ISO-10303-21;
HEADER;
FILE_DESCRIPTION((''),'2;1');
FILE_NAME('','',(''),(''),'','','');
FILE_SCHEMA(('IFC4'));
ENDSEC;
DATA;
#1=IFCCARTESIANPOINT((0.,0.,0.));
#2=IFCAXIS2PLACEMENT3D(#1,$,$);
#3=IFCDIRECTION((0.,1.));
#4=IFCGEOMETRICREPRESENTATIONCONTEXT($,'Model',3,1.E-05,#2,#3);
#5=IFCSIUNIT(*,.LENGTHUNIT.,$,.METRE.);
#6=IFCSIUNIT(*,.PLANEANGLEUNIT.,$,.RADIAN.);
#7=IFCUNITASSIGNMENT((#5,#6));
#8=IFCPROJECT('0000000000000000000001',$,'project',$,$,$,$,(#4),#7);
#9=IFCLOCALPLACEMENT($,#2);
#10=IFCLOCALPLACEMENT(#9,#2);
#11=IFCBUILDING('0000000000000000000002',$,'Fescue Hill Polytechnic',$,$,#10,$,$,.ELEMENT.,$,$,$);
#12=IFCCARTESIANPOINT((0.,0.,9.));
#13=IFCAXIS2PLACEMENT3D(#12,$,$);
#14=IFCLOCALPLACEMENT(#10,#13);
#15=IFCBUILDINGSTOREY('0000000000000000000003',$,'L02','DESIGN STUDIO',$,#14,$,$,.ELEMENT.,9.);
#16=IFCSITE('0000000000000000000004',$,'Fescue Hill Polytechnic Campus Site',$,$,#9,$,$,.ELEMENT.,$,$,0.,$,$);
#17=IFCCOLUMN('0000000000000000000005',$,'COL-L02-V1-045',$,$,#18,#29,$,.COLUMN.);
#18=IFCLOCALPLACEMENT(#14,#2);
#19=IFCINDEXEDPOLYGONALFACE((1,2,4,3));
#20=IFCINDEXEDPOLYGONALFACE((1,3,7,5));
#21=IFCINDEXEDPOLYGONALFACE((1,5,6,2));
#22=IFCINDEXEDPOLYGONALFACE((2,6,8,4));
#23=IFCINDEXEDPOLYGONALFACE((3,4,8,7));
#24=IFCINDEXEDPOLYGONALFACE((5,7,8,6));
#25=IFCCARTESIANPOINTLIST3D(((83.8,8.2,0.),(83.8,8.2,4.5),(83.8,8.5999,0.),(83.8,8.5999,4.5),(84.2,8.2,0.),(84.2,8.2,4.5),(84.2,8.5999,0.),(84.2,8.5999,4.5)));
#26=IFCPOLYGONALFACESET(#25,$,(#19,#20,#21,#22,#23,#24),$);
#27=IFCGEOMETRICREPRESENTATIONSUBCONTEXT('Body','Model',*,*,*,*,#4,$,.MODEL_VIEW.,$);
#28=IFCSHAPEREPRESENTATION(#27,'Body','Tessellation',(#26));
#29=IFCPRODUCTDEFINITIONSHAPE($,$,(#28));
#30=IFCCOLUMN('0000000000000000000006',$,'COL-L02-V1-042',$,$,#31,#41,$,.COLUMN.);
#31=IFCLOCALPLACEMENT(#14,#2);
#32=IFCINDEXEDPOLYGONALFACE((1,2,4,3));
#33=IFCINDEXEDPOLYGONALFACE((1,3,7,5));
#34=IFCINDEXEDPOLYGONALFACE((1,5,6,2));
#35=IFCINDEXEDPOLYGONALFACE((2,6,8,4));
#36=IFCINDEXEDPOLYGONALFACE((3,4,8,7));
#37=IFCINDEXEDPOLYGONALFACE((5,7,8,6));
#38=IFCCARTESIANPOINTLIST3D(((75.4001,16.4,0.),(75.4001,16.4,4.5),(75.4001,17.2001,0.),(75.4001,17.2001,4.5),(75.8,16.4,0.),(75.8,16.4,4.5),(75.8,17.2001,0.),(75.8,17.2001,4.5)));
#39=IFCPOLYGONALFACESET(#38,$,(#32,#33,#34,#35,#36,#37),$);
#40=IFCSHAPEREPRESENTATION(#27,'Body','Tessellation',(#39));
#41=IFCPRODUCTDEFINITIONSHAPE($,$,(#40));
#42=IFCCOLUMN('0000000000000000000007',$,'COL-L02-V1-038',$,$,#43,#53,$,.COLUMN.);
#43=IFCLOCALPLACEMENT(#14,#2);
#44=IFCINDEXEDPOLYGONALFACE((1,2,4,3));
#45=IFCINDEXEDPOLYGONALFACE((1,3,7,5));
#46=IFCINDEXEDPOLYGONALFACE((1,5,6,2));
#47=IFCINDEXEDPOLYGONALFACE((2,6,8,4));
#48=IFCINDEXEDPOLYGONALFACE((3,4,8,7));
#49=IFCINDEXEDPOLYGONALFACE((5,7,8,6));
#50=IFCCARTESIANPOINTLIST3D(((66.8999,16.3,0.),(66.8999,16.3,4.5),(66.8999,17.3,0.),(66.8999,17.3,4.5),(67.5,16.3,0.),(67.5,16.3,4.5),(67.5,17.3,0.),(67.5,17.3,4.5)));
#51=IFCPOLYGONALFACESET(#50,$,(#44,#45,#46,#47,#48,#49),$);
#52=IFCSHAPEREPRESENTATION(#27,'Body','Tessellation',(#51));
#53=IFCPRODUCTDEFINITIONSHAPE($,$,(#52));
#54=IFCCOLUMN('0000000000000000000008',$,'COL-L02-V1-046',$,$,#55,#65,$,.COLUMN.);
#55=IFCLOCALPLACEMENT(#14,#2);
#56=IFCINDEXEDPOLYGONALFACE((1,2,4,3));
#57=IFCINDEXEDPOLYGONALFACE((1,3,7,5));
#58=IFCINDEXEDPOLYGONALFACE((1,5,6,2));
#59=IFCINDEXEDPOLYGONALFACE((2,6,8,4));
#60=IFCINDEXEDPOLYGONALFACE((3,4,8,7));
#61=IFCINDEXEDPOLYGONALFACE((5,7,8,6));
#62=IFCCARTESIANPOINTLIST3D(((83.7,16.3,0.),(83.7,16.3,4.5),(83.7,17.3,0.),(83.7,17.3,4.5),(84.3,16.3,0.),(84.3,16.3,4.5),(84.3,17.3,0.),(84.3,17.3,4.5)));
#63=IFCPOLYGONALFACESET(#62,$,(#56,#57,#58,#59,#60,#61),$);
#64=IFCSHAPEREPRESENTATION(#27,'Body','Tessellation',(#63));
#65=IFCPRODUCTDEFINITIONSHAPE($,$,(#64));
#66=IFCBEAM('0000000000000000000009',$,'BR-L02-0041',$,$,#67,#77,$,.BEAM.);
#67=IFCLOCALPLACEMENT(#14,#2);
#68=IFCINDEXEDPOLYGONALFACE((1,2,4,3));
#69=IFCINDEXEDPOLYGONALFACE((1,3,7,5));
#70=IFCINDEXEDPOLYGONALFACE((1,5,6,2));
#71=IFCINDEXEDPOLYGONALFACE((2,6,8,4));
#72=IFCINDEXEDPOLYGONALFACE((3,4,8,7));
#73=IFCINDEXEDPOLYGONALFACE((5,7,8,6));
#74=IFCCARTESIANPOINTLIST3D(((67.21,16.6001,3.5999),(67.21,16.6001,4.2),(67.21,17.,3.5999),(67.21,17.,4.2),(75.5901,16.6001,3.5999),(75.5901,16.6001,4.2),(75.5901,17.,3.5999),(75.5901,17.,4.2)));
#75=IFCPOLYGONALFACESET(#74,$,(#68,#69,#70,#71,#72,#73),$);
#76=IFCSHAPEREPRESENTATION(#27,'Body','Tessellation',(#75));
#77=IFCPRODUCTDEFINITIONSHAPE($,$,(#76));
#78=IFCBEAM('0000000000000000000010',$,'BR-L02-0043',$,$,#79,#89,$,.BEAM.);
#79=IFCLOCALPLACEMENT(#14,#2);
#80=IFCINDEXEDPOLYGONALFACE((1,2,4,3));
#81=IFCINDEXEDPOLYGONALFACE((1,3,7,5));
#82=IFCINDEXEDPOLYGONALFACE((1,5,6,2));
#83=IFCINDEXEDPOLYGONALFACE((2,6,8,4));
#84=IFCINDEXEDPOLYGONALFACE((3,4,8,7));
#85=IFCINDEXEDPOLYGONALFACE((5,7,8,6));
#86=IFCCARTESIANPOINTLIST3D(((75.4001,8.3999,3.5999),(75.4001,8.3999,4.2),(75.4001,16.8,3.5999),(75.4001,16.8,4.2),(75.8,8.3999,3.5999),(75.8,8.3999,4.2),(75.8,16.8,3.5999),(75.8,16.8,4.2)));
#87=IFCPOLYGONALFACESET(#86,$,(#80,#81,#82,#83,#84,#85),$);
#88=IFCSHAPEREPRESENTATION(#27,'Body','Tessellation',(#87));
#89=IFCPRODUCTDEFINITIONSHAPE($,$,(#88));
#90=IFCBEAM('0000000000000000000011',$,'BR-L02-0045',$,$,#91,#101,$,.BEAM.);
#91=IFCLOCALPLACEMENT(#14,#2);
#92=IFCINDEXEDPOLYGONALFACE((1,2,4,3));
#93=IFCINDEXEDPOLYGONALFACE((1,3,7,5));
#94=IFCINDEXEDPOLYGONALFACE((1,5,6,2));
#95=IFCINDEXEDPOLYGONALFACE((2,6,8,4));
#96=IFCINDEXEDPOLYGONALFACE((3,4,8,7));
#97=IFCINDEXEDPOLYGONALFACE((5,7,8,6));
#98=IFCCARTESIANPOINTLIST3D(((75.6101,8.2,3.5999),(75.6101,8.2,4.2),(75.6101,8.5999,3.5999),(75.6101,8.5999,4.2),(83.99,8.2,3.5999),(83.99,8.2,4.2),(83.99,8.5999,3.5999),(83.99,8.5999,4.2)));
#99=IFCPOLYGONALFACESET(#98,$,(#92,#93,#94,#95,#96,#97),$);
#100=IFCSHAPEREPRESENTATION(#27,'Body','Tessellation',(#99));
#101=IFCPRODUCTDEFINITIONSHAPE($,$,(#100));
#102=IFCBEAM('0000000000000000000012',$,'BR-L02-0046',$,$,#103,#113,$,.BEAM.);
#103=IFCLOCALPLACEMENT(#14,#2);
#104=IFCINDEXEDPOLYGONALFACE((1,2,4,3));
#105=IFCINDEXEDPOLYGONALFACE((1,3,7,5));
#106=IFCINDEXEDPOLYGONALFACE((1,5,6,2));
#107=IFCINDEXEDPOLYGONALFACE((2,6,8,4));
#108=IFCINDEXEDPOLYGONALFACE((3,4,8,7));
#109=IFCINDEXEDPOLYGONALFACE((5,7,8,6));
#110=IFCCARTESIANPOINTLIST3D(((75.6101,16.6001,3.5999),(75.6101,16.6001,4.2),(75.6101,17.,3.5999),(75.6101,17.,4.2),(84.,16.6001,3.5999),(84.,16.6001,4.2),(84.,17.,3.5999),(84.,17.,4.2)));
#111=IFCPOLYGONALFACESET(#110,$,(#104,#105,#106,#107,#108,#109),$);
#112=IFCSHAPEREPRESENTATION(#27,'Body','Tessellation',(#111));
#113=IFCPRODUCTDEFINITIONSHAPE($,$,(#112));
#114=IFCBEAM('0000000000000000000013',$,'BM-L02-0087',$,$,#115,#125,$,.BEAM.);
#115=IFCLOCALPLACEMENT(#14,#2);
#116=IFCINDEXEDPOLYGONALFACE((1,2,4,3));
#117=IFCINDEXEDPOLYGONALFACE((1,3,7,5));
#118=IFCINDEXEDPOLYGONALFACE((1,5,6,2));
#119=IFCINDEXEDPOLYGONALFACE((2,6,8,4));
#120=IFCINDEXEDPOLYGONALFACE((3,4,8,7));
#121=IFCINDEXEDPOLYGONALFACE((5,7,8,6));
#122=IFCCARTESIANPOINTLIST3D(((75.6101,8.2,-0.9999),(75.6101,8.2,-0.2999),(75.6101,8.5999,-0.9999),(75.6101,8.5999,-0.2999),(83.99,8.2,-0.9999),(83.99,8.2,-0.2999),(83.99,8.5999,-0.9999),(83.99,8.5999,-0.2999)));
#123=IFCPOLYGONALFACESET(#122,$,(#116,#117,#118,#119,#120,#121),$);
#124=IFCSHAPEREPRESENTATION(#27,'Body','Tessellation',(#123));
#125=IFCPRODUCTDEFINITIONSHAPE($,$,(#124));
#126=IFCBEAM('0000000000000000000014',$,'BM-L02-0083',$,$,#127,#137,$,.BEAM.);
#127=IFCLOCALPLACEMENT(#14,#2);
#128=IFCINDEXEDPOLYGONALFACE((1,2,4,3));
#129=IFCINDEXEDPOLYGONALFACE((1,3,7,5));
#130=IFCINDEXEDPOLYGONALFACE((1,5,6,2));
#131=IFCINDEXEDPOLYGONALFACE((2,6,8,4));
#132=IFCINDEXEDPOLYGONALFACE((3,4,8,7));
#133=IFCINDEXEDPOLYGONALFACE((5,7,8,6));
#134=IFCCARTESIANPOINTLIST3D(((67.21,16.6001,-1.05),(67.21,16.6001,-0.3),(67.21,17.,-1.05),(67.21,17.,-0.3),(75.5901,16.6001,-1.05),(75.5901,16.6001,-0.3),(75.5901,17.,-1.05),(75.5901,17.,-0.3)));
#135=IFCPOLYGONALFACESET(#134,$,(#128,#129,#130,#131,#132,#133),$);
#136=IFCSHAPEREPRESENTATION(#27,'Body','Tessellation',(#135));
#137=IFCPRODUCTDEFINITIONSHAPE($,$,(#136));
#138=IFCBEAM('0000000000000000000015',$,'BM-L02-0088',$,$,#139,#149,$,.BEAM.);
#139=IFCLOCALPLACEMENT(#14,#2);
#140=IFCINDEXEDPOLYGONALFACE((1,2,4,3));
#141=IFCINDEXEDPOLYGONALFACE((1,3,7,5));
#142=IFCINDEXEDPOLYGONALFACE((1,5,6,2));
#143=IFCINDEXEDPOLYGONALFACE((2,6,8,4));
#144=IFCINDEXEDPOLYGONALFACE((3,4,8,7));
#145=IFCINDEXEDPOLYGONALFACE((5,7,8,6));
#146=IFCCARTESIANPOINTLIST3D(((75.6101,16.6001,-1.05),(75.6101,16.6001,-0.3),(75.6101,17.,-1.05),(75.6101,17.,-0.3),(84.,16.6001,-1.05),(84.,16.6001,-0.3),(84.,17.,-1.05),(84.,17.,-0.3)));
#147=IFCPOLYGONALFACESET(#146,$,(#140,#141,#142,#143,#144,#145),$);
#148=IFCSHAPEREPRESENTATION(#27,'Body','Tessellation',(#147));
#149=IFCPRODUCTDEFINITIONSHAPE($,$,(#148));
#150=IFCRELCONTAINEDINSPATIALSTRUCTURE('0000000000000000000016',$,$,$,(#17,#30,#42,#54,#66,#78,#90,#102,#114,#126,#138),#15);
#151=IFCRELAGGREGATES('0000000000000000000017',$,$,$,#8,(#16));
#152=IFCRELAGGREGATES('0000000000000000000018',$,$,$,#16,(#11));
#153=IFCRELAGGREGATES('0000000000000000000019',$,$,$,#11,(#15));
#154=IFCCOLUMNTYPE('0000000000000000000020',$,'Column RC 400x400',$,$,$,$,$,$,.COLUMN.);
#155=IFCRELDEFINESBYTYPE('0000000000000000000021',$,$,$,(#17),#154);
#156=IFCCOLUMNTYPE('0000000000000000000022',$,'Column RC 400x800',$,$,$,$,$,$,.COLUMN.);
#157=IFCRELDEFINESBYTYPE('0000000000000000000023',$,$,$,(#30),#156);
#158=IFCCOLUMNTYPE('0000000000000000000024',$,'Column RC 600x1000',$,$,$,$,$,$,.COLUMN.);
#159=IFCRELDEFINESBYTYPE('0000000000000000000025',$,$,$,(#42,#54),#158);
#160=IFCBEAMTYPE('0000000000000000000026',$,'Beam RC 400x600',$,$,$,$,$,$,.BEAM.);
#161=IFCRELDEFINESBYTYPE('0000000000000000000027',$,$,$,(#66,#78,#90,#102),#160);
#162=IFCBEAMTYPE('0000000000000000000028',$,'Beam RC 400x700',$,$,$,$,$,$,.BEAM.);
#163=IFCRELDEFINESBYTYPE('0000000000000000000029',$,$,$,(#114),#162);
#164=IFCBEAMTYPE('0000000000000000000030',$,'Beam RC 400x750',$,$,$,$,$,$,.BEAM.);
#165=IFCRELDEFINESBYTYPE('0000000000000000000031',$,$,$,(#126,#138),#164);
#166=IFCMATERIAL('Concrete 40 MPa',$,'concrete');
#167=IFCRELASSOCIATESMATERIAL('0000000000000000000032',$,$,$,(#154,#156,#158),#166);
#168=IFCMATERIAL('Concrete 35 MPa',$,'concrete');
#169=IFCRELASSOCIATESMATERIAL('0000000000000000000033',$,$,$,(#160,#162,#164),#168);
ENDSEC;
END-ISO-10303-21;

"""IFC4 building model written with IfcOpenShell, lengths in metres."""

from ifc_helpers import new_model, si_unit, direction, frame, origin, origin_2d, place, context, subcontext, project, spatial, rectangle, extrude, material, material_profile, profile_set, type_object, element, save


model = new_model("IFC4")

# Units and contexts
model_context = context("Model", 3, precision=1e-05, world=origin(), true_north=direction((0.0, 1.0)))
body_context = subcontext(model_context, "Body", "Model", "MODEL_VIEW")
ifc_project = project(units=[si_unit("LENGTHUNIT", "METRE"), si_unit("PLANEANGLEUNIT", "RADIAN")], contexts=[model_context])

# Site, building, storey
site_placement = place(None, origin())
site = spatial("IfcSite", under=ifc_project, at=site_placement, Name="Fescue Hill Polytechnic Campus Site", CompositionType="ELEMENT", RefElevation=0.0)
building_placement = place(site_placement, origin())
building = spatial("IfcBuilding", under=site, at=building_placement, Name="Fescue Hill Polytechnic", CompositionType="ELEMENT")
storey_placement = place(building_placement, frame((0.0, 0.0, 9.0)))
storey = spatial("IfcBuildingStorey", under=building, at=storey_placement, Name="L02", Description="DESIGN STUDIO", CompositionType="ELEMENT", Elevation=9.0)

# Columns
ifc_material_1 = material(Name="Concrete 40 MPa", Category="concrete")
ifc_material_profile_1 = material_profile(ifc_material_1, rectangle(XDim=0.3999, YDim=0.3999, at=origin_2d()), Name="RC 400x400")
ifc_profile_set_1 = profile_set([ifc_material_profile_1], Name="Concrete 40 MPa")
column_type_1 = type_object("IfcColumnType", Name="Column RC 400x400", PredefinedType="COLUMN", material=ifc_profile_set_1)
column_1_placement = place(storey_placement, frame((84.0, 8.3999, 0.0), z_axis=(0.0, 0.0, 1.0), x_axis=(1.0, 0.0, 0.0)))
element("IfcColumn", 1, at=column_1_placement, inside=storey, type_object=column_type_1, Name="COL-L02-V1-045", PredefinedType="COLUMN", context=body_context, shape_type="SweptSolid", body=[
    extrude(rectangle(XDim=0.3999, YDim=0.3999, at=origin_2d()), origin(), (0.0, 0.0, 1.0), 4.5),
])
ifc_material_profile_2 = material_profile(ifc_material_1, rectangle(XDim=0.3999, YDim=0.8, at=origin_2d()), Name="RC 400x800")
ifc_profile_set_2 = profile_set([ifc_material_profile_2], Name="Concrete 40 MPa")
column_type_2 = type_object("IfcColumnType", Name="Column RC 400x800", PredefinedType="COLUMN", material=ifc_profile_set_2)
column_2_placement = place(storey_placement, frame((75.6001, 16.8, 0.0), z_axis=(0.0, 0.0, 1.0), x_axis=(1.0, 0.0, 0.0)))
element("IfcColumn", 2, at=column_2_placement, inside=storey, type_object=column_type_2, Name="COL-L02-V1-042", PredefinedType="COLUMN", context=body_context, shape_type="SweptSolid", body=[
    extrude(rectangle(XDim=0.3999, YDim=0.8, at=origin_2d()), origin(), (0.0, 0.0, 1.0), 4.5),
])
ifc_material_profile_3 = material_profile(ifc_material_1, rectangle(XDim=0.6001, YDim=1.0, at=origin_2d()), Name="RC 600x1000")
ifc_profile_set_3 = profile_set([ifc_material_profile_3], Name="Concrete 40 MPa")
column_type_3 = type_object("IfcColumnType", Name="Column RC 600x1000", PredefinedType="COLUMN", material=ifc_profile_set_3)
for number, where, z_axis, x_axis, name in (
    (3, (67.2, 16.8, 0.0), (0.0, 0.0, 1.0), (1.0, 0.0, 0.0), "COL-L02-V1-038"),
    (4, (84.0, 16.8, 0.0), (0.0, 0.0, 1.0), (1.0, 0.0, 0.0), "COL-L02-V1-046"),
):
    element("IfcColumn", number, at=place(storey_placement, frame(where, z_axis=z_axis, x_axis=x_axis)), inside=storey, type_object=column_type_3, Name=name, PredefinedType="COLUMN", context=body_context, shape_type="SweptSolid", body=[
        extrude(rectangle(XDim=0.6001, YDim=1.0, at=origin_2d()), origin(), (0.0, 0.0, 1.0), 4.5),
    ])

# Beams
ifc_material_2 = material(Name="Concrete 35 MPa", Category="concrete")
ifc_material_profile_4 = material_profile(ifc_material_2, rectangle(XDim=0.3999, YDim=0.6001, at=origin_2d()), Name="RC 400x600")
ifc_profile_set_4 = profile_set([ifc_material_profile_4], Name="Concrete 35 MPa")
beam_type_1 = type_object("IfcBeamType", Name="Beam RC 400x600", PredefinedType="BEAM", material=ifc_profile_set_4)
beam_1_placement = place(storey_placement, frame((67.21, 16.8, 3.8999), z_axis=(1.0, 0.0, 0.0), x_axis=(0.0, 1.0, 0.0)))
element("IfcBeam", 5, at=beam_1_placement, inside=storey, type_object=beam_type_1, Name="BR-L02-0041", PredefinedType="BEAM", context=body_context, shape_type="SweptSolid", body=[
    extrude(rectangle(XDim=0.3999, YDim=0.6001, at=origin_2d()), origin(), (0.0, 0.0, 1.0), 8.3801),
])
beam_2_placement = place(storey_placement, frame((75.6001, 8.3999, 3.8999), z_axis=(0.0, 1.0, 0.0), x_axis=(-1.0, 0.0, 0.0)))
element("IfcBeam", 6, at=beam_2_placement, inside=storey, type_object=beam_type_1, Name="BR-L02-0043", PredefinedType="BEAM", context=body_context, shape_type="SweptSolid", body=[
    extrude(rectangle(XDim=0.3999, YDim=0.6001, at=origin_2d()), origin(), (0.0, 0.0, 1.0), 8.4001),
])
beam_3_placement = place(storey_placement, frame((75.6101, 8.3999, 3.8999), z_axis=(1.0, 0.0, 0.0), x_axis=(0.0, 1.0, 0.0)))
element("IfcBeam", 7, at=beam_3_placement, inside=storey, type_object=beam_type_1, Name="BR-L02-0045", PredefinedType="BEAM", context=body_context, shape_type="SweptSolid", body=[
    extrude(rectangle(XDim=0.3999, YDim=0.6001, at=origin_2d()), origin(), (0.0, 0.0, 1.0), 8.3799),
])
beam_4_placement = place(storey_placement, frame((75.6101, 16.8, 3.8999), z_axis=(1.0, 0.0, 0.0), x_axis=(0.0, 1.0, 0.0)))
element("IfcBeam", 8, at=beam_4_placement, inside=storey, type_object=beam_type_1, Name="BR-L02-0046", PredefinedType="BEAM", context=body_context, shape_type="SweptSolid", body=[
    extrude(rectangle(XDim=0.3999, YDim=0.6001, at=origin_2d()), origin(), (0.0, 0.0, 1.0), 8.3899),
])
ifc_material_profile_5 = material_profile(ifc_material_2, rectangle(XDim=0.3999, YDim=0.7, at=origin_2d()), Name="RC 400x700")
ifc_profile_set_5 = profile_set([ifc_material_profile_5], Name="Concrete 35 MPa")
beam_type_2 = type_object("IfcBeamType", Name="Beam RC 400x700", PredefinedType="BEAM", material=ifc_profile_set_5)
beam_5_placement = place(storey_placement, frame((75.6101, 8.3999, -0.6499), z_axis=(1.0, 0.0, 0.0), x_axis=(0.0, 1.0, 0.0)))
element("IfcBeam", 9, at=beam_5_placement, inside=storey, type_object=beam_type_2, Name="BM-L02-0087", PredefinedType="BEAM", context=body_context, shape_type="SweptSolid", body=[
    extrude(rectangle(XDim=0.3999, YDim=0.7, at=origin_2d()), origin(), (0.0, 0.0, 1.0), 8.3799),
])
ifc_material_profile_6 = material_profile(ifc_material_2, rectangle(XDim=0.3999, YDim=0.75, at=origin_2d()), Name="RC 400x750")
ifc_profile_set_6 = profile_set([ifc_material_profile_6], Name="Concrete 35 MPa")
beam_type_3 = type_object("IfcBeamType", Name="Beam RC 400x750", PredefinedType="BEAM", material=ifc_profile_set_6)
beam_6_placement = place(storey_placement, frame((67.21, 16.8, -0.675), z_axis=(1.0, 0.0, 0.0), x_axis=(0.0, 1.0, 0.0)))
element("IfcBeam", 10, at=beam_6_placement, inside=storey, type_object=beam_type_3, Name="BM-L02-0083", PredefinedType="BEAM", context=body_context, shape_type="SweptSolid", body=[
    extrude(rectangle(XDim=0.3999, YDim=0.75, at=origin_2d()), origin(), (0.0, 0.0, 1.0), 8.3801),
])
beam_7_placement = place(storey_placement, frame((75.6101, 16.8, -0.675), z_axis=(1.0, 0.0, 0.0), x_axis=(0.0, 1.0, 0.0)))
element("IfcBeam", 11, at=beam_7_placement, inside=storey, type_object=beam_type_3, Name="BM-L02-0088", PredefinedType="BEAM", context=body_context, shape_type="SweptSolid", body=[
    extrude(rectangle(XDim=0.3999, YDim=0.75, at=origin_2d()), origin(), (0.0, 0.0, 1.0), 8.3899),
])

save(model, "model.ifc")
